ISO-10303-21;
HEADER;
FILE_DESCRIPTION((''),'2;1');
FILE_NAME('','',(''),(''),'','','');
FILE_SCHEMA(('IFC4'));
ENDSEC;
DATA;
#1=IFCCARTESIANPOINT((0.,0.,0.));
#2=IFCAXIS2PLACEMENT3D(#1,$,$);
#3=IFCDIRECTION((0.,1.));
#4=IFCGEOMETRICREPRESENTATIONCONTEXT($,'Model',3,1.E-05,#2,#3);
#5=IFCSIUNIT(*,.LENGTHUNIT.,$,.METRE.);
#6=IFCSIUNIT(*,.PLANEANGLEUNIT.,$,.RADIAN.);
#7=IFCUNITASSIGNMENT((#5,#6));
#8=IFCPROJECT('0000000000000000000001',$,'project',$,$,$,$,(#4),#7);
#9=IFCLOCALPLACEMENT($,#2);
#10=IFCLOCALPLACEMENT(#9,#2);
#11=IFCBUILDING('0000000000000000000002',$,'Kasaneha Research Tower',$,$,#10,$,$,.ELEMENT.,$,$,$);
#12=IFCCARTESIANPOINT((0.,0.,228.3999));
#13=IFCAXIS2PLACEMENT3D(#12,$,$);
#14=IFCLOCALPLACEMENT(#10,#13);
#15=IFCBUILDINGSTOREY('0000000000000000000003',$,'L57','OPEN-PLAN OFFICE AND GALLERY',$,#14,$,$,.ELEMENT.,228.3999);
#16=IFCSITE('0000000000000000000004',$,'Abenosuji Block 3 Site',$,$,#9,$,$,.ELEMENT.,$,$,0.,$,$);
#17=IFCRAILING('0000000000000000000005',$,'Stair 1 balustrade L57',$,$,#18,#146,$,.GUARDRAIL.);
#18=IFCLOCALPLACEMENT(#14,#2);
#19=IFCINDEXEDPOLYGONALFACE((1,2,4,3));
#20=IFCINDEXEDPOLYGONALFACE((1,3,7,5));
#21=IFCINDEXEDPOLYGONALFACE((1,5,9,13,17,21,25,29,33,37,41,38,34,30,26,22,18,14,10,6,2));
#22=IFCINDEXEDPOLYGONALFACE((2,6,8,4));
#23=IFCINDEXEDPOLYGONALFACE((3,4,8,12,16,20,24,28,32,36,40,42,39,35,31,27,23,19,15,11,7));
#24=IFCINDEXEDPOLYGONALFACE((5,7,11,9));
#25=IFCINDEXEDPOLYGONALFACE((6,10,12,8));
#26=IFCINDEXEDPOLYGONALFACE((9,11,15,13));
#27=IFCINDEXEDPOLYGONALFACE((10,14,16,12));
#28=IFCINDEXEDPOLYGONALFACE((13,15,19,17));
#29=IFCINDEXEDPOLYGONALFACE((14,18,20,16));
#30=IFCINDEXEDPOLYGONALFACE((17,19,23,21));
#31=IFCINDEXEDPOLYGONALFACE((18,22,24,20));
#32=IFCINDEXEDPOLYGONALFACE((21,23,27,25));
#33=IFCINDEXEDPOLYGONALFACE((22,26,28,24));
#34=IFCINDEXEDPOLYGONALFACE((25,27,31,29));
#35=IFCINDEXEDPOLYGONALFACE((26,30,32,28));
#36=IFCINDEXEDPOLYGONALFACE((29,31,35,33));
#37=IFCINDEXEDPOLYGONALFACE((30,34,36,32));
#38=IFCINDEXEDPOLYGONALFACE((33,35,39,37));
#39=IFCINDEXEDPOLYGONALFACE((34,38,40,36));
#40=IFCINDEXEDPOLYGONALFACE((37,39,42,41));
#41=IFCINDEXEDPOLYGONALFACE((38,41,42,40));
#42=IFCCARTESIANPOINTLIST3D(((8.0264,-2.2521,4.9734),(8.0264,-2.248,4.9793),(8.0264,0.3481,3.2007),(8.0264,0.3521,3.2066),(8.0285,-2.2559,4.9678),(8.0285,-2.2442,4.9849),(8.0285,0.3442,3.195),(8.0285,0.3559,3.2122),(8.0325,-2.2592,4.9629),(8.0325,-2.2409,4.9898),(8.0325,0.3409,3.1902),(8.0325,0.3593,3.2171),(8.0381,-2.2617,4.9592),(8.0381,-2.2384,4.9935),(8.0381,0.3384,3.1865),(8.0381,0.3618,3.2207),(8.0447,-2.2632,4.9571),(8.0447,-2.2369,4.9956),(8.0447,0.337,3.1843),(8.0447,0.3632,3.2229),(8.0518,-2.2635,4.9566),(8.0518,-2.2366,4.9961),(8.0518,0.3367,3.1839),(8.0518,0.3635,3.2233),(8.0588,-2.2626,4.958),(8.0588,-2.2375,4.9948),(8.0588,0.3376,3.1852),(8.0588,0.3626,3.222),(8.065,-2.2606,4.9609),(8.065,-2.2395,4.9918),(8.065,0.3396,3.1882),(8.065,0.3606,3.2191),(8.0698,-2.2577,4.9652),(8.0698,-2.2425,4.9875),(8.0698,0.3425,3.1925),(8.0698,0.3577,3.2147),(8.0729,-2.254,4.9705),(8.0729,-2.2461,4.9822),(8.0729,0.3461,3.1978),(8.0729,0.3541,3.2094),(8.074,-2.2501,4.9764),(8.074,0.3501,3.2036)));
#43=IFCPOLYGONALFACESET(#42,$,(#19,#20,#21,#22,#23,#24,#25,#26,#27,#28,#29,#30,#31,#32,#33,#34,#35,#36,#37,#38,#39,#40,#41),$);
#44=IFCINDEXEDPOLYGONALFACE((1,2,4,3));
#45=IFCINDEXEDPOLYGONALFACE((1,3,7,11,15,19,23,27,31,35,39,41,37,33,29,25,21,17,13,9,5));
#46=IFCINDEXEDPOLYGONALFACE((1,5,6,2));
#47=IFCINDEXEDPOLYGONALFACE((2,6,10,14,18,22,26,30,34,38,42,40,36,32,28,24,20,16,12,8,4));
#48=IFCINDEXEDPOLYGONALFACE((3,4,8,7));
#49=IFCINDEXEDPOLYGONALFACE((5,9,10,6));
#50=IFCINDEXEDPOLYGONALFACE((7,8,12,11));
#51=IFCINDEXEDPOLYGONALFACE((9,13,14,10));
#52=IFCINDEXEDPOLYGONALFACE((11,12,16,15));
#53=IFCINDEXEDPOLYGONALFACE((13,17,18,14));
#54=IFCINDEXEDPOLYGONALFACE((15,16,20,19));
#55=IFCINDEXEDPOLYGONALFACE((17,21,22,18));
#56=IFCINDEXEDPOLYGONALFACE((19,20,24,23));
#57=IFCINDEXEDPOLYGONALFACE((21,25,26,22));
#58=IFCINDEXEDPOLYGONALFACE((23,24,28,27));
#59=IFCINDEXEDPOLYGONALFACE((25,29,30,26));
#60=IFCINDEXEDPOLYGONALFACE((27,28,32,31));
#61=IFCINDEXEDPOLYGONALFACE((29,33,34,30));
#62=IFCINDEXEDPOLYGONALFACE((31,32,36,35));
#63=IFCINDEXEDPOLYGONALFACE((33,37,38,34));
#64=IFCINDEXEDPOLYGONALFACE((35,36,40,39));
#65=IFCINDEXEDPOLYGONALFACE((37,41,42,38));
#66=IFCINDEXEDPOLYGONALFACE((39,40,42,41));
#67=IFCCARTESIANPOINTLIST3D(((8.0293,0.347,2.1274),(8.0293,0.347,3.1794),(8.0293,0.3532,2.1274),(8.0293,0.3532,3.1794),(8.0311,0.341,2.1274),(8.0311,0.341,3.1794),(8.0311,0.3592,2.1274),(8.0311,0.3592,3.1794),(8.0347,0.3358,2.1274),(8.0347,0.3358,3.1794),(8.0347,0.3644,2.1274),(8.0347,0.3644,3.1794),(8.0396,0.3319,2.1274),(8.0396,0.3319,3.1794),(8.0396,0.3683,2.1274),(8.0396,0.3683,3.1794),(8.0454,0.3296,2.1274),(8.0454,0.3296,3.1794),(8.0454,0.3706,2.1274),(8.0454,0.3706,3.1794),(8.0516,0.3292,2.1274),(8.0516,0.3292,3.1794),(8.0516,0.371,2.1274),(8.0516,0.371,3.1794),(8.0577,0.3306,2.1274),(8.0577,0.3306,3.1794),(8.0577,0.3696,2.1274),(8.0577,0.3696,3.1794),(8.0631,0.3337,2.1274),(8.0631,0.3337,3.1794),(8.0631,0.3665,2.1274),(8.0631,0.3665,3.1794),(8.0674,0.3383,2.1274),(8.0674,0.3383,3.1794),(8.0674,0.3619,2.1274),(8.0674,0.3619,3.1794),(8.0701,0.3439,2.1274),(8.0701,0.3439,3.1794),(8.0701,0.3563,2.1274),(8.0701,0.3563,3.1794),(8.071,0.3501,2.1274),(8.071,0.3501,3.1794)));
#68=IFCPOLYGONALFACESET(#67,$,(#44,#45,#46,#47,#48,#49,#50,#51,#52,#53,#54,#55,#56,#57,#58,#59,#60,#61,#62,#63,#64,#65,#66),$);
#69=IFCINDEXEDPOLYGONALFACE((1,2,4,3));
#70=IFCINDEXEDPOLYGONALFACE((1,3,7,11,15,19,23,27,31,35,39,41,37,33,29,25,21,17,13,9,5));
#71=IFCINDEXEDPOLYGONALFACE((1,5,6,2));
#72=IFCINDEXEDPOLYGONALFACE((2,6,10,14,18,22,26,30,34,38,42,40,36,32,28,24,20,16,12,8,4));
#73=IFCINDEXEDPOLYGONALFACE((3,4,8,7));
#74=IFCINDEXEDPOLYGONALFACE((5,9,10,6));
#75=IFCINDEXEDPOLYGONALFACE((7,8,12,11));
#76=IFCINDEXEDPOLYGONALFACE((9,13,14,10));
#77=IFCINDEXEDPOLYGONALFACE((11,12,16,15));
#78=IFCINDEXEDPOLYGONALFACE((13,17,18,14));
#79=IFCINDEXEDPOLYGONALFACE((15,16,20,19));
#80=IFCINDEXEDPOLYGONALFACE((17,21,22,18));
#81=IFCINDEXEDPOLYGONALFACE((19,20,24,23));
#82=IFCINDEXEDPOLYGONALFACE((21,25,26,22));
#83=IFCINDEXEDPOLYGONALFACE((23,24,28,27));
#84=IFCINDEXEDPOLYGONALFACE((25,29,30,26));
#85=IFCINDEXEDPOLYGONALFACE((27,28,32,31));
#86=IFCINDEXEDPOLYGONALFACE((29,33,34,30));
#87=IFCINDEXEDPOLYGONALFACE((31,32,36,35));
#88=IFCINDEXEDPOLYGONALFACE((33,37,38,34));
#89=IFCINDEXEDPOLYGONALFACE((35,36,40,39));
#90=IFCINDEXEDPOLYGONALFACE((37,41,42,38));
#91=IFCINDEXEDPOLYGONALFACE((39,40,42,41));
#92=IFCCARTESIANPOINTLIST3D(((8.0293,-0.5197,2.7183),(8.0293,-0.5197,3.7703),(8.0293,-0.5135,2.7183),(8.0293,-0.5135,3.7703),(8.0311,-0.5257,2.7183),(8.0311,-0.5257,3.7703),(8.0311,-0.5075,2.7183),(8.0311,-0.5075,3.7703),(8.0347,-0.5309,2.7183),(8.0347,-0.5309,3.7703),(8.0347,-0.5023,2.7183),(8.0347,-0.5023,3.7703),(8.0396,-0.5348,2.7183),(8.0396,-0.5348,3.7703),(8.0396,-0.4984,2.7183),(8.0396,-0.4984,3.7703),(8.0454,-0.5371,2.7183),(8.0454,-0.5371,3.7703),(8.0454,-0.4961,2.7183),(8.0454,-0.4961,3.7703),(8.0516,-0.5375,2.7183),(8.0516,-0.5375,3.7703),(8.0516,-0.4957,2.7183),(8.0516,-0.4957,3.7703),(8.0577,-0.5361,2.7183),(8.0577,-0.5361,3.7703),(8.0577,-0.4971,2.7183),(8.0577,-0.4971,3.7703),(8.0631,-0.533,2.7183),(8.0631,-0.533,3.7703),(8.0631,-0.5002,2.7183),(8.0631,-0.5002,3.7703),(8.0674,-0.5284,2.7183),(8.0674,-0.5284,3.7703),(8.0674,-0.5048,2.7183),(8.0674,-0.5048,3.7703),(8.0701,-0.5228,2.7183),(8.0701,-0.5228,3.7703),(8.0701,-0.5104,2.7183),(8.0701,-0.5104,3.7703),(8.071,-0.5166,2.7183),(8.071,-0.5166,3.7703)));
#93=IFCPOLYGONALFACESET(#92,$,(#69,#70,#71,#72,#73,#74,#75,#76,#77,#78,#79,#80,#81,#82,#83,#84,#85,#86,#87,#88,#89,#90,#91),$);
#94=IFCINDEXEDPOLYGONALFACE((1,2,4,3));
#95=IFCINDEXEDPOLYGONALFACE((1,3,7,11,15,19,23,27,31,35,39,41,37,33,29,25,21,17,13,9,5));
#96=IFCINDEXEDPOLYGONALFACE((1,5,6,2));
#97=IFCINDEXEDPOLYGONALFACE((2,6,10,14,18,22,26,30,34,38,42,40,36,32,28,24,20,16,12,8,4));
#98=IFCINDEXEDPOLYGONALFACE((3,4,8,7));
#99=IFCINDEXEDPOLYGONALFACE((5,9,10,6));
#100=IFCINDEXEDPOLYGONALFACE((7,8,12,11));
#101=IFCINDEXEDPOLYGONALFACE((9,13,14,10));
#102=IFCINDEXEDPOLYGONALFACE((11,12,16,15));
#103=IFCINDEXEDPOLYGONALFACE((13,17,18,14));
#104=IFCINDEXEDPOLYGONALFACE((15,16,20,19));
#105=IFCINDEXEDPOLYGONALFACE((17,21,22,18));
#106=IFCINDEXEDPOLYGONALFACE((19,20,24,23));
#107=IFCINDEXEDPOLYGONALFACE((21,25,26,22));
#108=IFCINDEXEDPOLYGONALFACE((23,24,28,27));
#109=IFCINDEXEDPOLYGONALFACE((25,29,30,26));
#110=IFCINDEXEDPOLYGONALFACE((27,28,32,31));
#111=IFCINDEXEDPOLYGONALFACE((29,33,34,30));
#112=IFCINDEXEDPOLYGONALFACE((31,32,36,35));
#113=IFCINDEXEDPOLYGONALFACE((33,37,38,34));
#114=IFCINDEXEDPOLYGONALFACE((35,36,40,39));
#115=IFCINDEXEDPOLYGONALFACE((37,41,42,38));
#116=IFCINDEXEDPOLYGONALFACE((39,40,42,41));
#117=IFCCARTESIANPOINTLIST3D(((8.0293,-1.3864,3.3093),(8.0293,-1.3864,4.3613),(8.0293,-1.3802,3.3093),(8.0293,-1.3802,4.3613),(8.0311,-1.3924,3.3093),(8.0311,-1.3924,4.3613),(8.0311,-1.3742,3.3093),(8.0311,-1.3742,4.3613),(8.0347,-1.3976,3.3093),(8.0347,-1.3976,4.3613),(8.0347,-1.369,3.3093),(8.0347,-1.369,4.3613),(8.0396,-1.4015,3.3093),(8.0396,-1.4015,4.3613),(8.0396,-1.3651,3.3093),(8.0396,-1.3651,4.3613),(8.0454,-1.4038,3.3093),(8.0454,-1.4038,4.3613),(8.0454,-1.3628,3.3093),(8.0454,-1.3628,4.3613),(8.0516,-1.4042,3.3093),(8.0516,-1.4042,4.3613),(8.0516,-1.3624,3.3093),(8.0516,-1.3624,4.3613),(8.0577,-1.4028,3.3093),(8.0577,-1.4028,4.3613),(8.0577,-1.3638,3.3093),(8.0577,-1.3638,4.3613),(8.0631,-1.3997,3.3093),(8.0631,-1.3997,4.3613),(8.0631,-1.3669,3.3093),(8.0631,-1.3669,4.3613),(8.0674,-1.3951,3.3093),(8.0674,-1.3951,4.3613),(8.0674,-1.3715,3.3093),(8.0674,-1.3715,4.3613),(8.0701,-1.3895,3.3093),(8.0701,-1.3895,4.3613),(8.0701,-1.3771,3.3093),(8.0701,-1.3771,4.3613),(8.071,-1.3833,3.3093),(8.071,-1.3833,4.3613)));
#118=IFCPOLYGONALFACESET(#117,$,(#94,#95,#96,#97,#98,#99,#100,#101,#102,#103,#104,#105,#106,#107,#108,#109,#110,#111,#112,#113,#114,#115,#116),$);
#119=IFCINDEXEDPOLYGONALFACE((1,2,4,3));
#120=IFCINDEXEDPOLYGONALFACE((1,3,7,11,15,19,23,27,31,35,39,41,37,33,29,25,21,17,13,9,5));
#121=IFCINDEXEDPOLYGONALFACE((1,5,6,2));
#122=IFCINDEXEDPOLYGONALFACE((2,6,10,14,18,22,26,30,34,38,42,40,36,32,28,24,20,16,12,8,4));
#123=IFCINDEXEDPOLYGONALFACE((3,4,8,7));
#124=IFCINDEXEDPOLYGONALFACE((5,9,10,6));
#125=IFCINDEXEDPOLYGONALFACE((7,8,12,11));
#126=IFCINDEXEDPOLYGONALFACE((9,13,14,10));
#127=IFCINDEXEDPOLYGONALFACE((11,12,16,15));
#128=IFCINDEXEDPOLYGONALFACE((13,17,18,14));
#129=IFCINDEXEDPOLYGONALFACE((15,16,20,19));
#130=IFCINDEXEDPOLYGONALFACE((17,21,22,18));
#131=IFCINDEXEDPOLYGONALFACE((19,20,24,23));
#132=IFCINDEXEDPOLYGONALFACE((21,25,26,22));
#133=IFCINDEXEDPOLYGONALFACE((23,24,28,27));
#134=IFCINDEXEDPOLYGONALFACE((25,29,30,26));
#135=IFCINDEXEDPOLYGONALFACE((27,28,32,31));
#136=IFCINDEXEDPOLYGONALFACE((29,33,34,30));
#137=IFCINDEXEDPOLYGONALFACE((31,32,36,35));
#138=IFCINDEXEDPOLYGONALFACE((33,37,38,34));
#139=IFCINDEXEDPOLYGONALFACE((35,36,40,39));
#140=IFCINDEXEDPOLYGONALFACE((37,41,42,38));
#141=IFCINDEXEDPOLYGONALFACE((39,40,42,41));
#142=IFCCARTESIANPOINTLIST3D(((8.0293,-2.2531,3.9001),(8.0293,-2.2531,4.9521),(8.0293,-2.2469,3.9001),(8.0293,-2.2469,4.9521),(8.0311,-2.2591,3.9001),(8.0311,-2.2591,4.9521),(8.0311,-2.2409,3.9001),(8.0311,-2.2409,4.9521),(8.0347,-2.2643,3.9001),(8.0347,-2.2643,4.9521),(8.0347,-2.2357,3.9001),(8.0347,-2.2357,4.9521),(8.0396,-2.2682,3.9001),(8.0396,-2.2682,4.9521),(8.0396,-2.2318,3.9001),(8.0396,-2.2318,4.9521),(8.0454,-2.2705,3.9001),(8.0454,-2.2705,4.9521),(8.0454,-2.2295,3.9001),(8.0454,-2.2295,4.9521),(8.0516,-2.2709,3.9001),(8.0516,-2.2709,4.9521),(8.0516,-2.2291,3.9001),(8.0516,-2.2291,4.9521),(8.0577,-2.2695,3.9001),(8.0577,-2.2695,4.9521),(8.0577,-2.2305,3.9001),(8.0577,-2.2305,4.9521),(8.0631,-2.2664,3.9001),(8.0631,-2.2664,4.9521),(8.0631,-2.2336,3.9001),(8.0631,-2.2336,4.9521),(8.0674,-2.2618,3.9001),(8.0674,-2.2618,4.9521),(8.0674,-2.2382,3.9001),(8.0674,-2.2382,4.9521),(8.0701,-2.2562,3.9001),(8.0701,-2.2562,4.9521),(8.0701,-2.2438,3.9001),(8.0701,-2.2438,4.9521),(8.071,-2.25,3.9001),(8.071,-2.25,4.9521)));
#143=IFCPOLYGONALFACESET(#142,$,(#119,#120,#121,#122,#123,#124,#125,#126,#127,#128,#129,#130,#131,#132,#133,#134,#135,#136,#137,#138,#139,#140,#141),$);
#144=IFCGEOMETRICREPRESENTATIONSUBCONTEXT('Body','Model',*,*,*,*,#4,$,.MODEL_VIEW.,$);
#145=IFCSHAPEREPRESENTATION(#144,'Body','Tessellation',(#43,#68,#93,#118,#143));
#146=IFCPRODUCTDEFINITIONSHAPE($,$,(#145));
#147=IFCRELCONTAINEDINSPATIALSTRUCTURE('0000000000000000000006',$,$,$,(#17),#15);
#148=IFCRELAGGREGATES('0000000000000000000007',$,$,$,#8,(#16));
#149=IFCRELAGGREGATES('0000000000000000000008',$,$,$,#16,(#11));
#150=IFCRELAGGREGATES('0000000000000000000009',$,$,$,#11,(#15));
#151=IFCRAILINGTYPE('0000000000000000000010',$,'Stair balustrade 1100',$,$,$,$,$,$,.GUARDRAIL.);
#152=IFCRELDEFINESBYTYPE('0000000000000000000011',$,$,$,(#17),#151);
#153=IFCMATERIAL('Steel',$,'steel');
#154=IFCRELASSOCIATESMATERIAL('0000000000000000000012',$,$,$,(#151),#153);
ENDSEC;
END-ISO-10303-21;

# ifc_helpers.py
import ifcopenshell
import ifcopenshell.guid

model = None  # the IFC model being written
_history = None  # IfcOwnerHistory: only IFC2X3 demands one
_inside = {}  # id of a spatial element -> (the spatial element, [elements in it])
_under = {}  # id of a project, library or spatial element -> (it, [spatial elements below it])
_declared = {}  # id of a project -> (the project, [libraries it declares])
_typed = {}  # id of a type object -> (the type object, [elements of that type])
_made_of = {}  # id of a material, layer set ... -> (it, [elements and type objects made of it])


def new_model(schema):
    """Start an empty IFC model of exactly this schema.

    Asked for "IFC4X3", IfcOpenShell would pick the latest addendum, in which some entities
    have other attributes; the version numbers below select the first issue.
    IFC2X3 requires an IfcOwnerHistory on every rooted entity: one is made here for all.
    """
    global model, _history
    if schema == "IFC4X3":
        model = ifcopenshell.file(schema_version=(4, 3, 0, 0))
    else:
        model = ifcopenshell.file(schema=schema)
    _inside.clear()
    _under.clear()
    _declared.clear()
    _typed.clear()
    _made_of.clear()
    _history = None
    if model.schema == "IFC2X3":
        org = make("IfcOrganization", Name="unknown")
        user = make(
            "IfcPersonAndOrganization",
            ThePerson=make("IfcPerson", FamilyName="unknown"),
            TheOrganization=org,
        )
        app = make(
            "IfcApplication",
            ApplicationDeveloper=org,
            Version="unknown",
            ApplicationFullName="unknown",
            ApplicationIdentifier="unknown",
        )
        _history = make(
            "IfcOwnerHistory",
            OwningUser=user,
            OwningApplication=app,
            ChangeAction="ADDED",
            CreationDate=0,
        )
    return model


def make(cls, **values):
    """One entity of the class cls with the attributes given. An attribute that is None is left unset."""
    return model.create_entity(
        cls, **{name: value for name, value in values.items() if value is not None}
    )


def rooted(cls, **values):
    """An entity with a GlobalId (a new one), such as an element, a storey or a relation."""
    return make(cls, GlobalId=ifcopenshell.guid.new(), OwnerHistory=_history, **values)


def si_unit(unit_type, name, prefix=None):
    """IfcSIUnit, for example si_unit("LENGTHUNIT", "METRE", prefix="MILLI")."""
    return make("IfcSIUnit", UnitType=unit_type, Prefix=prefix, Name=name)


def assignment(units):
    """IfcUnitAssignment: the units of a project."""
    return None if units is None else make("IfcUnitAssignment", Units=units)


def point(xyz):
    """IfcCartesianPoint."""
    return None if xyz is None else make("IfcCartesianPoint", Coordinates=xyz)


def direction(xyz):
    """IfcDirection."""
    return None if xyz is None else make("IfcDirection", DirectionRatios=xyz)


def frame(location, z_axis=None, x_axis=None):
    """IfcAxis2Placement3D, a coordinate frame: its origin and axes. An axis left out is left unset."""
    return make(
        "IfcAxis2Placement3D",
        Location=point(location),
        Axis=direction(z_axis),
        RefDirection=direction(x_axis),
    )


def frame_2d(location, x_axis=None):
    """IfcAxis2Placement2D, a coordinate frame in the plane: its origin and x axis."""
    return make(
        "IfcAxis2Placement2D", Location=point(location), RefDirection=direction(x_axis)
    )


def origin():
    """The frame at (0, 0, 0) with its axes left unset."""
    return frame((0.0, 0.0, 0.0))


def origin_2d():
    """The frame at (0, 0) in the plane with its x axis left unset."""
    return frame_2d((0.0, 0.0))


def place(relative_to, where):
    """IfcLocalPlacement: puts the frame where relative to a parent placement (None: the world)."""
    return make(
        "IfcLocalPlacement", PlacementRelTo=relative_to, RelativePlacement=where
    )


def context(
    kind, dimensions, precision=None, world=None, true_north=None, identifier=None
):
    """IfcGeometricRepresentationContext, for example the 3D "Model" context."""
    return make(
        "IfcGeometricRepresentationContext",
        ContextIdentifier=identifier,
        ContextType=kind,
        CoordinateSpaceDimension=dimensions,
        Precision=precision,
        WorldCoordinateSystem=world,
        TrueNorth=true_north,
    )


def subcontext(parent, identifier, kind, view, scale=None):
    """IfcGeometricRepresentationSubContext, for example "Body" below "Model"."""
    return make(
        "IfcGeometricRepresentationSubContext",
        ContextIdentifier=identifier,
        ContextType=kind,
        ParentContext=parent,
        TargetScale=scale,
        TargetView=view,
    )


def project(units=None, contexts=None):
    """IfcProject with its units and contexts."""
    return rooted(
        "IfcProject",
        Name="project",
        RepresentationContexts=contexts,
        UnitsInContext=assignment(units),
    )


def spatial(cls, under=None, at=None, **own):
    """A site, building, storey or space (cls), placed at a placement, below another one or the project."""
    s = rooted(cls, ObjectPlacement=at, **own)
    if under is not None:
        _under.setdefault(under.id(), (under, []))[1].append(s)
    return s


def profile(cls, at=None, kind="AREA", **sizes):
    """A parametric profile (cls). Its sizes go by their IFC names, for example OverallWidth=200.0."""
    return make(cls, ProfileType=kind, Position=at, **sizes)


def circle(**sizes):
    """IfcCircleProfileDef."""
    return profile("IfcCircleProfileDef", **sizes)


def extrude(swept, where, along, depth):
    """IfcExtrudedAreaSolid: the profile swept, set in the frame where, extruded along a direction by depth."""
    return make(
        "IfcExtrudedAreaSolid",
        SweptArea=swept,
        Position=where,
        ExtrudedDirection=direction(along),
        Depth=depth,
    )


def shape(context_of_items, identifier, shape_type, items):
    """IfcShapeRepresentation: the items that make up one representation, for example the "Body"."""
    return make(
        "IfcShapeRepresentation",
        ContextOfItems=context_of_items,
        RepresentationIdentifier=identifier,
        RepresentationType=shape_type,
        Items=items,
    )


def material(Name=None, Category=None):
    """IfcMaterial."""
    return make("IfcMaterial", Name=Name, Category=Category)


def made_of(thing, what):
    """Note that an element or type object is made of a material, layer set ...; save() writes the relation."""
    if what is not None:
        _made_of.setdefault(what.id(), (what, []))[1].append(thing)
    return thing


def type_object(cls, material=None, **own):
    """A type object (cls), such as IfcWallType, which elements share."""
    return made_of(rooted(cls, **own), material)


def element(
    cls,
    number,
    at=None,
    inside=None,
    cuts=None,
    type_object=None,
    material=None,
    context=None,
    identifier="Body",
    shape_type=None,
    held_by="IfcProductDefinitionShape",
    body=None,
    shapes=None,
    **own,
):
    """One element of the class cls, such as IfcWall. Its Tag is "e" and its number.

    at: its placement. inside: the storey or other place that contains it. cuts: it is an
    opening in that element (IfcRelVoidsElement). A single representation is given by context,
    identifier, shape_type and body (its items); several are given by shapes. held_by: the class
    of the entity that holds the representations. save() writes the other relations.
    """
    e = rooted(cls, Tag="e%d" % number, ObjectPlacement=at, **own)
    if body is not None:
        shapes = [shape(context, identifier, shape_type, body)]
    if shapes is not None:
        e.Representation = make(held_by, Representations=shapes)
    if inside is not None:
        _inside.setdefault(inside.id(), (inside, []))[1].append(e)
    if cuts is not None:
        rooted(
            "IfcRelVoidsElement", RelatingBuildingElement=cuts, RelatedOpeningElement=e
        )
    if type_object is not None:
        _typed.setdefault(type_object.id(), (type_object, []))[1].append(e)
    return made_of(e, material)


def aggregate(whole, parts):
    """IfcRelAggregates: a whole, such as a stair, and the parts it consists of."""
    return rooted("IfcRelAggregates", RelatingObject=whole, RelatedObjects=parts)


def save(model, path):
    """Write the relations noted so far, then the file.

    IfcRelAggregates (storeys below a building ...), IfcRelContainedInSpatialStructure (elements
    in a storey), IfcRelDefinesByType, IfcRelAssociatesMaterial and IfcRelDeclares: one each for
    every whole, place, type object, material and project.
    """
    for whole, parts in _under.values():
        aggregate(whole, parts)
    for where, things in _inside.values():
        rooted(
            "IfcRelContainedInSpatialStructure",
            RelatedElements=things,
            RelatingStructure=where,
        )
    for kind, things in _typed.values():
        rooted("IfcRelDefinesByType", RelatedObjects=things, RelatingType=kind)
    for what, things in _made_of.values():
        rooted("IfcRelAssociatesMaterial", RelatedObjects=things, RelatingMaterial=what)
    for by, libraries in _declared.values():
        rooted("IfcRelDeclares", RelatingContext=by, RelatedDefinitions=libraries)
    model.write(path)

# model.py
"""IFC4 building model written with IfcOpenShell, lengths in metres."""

from ifc_helpers import new_model, si_unit, direction, frame, origin, origin_2d, place, context, subcontext, project, spatial, circle, extrude, material, type_object, element, save


model = new_model("IFC4")

# Units and contexts
model_context = context("Model", 3, precision=1e-05, world=origin(), true_north=direction((0.0, 1.0)))
body_context = subcontext(model_context, "Body", "Model", "MODEL_VIEW")
ifc_project = project(units=[si_unit("LENGTHUNIT", "METRE"), si_unit("PLANEANGLEUNIT", "RADIAN")], contexts=[model_context])

# Site, building, storey
site_placement = place(None, origin())
site = spatial("IfcSite", under=ifc_project, at=site_placement, Name="Abenosuji Block 3 Site", CompositionType="ELEMENT", RefElevation=0.0)
building_placement = place(site_placement, origin())
building = spatial("IfcBuilding", under=site, at=building_placement, Name="Kasaneha Research Tower", CompositionType="ELEMENT")
storey_placement = place(building_placement, frame((0.0, 0.0, 228.3999)))
storey = spatial("IfcBuildingStorey", under=building, at=storey_placement, Name="L57", Description="OPEN-PLAN OFFICE AND GALLERY", CompositionType="ELEMENT", Elevation=228.3999)

# Railing
ifc_material_1 = material(Name="Steel", Category="steel")
railing_type_1 = type_object("IfcRailingType", Name="Stair balustrade 1100", PredefinedType="GUARDRAIL", material=ifc_material_1)
railing_1_placement = place(storey_placement, frame((8.05, 0.3501, 2.1274)))
element("IfcRailing", 1, at=railing_1_placement, inside=storey, type_object=railing_type_1, Name="Stair 1 balustrade L57", PredefinedType="GUARDRAIL", context=body_context, shape_type="SweptSolid", body=[
    extrude(circle(Radius=0.0239, at=origin_2d()), frame((0.0, 0.0, 1.0762), z_axis=(0.0, -0.82624, 0.563318), x_axis=(1.0, 0.0, 0.0)), (0.0, 0.0, 1.0), 3.147),
    extrude(circle(Radius=0.021, at=origin_2d()), origin(), (0.0, 0.0, 1.0), 1.052),
    extrude(circle(Radius=0.021, at=origin_2d()), frame((0.0, -0.8667, 0.5908)), (0.0, 0.0, 1.0), 1.052),
    extrude(circle(Radius=0.021, at=origin_2d()), frame((0.0, -1.7334, 1.1819)), (0.0, 0.0, 1.0), 1.052),
    extrude(circle(Radius=0.021, at=origin_2d()), frame((0.0, -2.6001, 1.7727)), (0.0, 0.0, 1.0), 1.052),
])

save(model, "model.ifc")
